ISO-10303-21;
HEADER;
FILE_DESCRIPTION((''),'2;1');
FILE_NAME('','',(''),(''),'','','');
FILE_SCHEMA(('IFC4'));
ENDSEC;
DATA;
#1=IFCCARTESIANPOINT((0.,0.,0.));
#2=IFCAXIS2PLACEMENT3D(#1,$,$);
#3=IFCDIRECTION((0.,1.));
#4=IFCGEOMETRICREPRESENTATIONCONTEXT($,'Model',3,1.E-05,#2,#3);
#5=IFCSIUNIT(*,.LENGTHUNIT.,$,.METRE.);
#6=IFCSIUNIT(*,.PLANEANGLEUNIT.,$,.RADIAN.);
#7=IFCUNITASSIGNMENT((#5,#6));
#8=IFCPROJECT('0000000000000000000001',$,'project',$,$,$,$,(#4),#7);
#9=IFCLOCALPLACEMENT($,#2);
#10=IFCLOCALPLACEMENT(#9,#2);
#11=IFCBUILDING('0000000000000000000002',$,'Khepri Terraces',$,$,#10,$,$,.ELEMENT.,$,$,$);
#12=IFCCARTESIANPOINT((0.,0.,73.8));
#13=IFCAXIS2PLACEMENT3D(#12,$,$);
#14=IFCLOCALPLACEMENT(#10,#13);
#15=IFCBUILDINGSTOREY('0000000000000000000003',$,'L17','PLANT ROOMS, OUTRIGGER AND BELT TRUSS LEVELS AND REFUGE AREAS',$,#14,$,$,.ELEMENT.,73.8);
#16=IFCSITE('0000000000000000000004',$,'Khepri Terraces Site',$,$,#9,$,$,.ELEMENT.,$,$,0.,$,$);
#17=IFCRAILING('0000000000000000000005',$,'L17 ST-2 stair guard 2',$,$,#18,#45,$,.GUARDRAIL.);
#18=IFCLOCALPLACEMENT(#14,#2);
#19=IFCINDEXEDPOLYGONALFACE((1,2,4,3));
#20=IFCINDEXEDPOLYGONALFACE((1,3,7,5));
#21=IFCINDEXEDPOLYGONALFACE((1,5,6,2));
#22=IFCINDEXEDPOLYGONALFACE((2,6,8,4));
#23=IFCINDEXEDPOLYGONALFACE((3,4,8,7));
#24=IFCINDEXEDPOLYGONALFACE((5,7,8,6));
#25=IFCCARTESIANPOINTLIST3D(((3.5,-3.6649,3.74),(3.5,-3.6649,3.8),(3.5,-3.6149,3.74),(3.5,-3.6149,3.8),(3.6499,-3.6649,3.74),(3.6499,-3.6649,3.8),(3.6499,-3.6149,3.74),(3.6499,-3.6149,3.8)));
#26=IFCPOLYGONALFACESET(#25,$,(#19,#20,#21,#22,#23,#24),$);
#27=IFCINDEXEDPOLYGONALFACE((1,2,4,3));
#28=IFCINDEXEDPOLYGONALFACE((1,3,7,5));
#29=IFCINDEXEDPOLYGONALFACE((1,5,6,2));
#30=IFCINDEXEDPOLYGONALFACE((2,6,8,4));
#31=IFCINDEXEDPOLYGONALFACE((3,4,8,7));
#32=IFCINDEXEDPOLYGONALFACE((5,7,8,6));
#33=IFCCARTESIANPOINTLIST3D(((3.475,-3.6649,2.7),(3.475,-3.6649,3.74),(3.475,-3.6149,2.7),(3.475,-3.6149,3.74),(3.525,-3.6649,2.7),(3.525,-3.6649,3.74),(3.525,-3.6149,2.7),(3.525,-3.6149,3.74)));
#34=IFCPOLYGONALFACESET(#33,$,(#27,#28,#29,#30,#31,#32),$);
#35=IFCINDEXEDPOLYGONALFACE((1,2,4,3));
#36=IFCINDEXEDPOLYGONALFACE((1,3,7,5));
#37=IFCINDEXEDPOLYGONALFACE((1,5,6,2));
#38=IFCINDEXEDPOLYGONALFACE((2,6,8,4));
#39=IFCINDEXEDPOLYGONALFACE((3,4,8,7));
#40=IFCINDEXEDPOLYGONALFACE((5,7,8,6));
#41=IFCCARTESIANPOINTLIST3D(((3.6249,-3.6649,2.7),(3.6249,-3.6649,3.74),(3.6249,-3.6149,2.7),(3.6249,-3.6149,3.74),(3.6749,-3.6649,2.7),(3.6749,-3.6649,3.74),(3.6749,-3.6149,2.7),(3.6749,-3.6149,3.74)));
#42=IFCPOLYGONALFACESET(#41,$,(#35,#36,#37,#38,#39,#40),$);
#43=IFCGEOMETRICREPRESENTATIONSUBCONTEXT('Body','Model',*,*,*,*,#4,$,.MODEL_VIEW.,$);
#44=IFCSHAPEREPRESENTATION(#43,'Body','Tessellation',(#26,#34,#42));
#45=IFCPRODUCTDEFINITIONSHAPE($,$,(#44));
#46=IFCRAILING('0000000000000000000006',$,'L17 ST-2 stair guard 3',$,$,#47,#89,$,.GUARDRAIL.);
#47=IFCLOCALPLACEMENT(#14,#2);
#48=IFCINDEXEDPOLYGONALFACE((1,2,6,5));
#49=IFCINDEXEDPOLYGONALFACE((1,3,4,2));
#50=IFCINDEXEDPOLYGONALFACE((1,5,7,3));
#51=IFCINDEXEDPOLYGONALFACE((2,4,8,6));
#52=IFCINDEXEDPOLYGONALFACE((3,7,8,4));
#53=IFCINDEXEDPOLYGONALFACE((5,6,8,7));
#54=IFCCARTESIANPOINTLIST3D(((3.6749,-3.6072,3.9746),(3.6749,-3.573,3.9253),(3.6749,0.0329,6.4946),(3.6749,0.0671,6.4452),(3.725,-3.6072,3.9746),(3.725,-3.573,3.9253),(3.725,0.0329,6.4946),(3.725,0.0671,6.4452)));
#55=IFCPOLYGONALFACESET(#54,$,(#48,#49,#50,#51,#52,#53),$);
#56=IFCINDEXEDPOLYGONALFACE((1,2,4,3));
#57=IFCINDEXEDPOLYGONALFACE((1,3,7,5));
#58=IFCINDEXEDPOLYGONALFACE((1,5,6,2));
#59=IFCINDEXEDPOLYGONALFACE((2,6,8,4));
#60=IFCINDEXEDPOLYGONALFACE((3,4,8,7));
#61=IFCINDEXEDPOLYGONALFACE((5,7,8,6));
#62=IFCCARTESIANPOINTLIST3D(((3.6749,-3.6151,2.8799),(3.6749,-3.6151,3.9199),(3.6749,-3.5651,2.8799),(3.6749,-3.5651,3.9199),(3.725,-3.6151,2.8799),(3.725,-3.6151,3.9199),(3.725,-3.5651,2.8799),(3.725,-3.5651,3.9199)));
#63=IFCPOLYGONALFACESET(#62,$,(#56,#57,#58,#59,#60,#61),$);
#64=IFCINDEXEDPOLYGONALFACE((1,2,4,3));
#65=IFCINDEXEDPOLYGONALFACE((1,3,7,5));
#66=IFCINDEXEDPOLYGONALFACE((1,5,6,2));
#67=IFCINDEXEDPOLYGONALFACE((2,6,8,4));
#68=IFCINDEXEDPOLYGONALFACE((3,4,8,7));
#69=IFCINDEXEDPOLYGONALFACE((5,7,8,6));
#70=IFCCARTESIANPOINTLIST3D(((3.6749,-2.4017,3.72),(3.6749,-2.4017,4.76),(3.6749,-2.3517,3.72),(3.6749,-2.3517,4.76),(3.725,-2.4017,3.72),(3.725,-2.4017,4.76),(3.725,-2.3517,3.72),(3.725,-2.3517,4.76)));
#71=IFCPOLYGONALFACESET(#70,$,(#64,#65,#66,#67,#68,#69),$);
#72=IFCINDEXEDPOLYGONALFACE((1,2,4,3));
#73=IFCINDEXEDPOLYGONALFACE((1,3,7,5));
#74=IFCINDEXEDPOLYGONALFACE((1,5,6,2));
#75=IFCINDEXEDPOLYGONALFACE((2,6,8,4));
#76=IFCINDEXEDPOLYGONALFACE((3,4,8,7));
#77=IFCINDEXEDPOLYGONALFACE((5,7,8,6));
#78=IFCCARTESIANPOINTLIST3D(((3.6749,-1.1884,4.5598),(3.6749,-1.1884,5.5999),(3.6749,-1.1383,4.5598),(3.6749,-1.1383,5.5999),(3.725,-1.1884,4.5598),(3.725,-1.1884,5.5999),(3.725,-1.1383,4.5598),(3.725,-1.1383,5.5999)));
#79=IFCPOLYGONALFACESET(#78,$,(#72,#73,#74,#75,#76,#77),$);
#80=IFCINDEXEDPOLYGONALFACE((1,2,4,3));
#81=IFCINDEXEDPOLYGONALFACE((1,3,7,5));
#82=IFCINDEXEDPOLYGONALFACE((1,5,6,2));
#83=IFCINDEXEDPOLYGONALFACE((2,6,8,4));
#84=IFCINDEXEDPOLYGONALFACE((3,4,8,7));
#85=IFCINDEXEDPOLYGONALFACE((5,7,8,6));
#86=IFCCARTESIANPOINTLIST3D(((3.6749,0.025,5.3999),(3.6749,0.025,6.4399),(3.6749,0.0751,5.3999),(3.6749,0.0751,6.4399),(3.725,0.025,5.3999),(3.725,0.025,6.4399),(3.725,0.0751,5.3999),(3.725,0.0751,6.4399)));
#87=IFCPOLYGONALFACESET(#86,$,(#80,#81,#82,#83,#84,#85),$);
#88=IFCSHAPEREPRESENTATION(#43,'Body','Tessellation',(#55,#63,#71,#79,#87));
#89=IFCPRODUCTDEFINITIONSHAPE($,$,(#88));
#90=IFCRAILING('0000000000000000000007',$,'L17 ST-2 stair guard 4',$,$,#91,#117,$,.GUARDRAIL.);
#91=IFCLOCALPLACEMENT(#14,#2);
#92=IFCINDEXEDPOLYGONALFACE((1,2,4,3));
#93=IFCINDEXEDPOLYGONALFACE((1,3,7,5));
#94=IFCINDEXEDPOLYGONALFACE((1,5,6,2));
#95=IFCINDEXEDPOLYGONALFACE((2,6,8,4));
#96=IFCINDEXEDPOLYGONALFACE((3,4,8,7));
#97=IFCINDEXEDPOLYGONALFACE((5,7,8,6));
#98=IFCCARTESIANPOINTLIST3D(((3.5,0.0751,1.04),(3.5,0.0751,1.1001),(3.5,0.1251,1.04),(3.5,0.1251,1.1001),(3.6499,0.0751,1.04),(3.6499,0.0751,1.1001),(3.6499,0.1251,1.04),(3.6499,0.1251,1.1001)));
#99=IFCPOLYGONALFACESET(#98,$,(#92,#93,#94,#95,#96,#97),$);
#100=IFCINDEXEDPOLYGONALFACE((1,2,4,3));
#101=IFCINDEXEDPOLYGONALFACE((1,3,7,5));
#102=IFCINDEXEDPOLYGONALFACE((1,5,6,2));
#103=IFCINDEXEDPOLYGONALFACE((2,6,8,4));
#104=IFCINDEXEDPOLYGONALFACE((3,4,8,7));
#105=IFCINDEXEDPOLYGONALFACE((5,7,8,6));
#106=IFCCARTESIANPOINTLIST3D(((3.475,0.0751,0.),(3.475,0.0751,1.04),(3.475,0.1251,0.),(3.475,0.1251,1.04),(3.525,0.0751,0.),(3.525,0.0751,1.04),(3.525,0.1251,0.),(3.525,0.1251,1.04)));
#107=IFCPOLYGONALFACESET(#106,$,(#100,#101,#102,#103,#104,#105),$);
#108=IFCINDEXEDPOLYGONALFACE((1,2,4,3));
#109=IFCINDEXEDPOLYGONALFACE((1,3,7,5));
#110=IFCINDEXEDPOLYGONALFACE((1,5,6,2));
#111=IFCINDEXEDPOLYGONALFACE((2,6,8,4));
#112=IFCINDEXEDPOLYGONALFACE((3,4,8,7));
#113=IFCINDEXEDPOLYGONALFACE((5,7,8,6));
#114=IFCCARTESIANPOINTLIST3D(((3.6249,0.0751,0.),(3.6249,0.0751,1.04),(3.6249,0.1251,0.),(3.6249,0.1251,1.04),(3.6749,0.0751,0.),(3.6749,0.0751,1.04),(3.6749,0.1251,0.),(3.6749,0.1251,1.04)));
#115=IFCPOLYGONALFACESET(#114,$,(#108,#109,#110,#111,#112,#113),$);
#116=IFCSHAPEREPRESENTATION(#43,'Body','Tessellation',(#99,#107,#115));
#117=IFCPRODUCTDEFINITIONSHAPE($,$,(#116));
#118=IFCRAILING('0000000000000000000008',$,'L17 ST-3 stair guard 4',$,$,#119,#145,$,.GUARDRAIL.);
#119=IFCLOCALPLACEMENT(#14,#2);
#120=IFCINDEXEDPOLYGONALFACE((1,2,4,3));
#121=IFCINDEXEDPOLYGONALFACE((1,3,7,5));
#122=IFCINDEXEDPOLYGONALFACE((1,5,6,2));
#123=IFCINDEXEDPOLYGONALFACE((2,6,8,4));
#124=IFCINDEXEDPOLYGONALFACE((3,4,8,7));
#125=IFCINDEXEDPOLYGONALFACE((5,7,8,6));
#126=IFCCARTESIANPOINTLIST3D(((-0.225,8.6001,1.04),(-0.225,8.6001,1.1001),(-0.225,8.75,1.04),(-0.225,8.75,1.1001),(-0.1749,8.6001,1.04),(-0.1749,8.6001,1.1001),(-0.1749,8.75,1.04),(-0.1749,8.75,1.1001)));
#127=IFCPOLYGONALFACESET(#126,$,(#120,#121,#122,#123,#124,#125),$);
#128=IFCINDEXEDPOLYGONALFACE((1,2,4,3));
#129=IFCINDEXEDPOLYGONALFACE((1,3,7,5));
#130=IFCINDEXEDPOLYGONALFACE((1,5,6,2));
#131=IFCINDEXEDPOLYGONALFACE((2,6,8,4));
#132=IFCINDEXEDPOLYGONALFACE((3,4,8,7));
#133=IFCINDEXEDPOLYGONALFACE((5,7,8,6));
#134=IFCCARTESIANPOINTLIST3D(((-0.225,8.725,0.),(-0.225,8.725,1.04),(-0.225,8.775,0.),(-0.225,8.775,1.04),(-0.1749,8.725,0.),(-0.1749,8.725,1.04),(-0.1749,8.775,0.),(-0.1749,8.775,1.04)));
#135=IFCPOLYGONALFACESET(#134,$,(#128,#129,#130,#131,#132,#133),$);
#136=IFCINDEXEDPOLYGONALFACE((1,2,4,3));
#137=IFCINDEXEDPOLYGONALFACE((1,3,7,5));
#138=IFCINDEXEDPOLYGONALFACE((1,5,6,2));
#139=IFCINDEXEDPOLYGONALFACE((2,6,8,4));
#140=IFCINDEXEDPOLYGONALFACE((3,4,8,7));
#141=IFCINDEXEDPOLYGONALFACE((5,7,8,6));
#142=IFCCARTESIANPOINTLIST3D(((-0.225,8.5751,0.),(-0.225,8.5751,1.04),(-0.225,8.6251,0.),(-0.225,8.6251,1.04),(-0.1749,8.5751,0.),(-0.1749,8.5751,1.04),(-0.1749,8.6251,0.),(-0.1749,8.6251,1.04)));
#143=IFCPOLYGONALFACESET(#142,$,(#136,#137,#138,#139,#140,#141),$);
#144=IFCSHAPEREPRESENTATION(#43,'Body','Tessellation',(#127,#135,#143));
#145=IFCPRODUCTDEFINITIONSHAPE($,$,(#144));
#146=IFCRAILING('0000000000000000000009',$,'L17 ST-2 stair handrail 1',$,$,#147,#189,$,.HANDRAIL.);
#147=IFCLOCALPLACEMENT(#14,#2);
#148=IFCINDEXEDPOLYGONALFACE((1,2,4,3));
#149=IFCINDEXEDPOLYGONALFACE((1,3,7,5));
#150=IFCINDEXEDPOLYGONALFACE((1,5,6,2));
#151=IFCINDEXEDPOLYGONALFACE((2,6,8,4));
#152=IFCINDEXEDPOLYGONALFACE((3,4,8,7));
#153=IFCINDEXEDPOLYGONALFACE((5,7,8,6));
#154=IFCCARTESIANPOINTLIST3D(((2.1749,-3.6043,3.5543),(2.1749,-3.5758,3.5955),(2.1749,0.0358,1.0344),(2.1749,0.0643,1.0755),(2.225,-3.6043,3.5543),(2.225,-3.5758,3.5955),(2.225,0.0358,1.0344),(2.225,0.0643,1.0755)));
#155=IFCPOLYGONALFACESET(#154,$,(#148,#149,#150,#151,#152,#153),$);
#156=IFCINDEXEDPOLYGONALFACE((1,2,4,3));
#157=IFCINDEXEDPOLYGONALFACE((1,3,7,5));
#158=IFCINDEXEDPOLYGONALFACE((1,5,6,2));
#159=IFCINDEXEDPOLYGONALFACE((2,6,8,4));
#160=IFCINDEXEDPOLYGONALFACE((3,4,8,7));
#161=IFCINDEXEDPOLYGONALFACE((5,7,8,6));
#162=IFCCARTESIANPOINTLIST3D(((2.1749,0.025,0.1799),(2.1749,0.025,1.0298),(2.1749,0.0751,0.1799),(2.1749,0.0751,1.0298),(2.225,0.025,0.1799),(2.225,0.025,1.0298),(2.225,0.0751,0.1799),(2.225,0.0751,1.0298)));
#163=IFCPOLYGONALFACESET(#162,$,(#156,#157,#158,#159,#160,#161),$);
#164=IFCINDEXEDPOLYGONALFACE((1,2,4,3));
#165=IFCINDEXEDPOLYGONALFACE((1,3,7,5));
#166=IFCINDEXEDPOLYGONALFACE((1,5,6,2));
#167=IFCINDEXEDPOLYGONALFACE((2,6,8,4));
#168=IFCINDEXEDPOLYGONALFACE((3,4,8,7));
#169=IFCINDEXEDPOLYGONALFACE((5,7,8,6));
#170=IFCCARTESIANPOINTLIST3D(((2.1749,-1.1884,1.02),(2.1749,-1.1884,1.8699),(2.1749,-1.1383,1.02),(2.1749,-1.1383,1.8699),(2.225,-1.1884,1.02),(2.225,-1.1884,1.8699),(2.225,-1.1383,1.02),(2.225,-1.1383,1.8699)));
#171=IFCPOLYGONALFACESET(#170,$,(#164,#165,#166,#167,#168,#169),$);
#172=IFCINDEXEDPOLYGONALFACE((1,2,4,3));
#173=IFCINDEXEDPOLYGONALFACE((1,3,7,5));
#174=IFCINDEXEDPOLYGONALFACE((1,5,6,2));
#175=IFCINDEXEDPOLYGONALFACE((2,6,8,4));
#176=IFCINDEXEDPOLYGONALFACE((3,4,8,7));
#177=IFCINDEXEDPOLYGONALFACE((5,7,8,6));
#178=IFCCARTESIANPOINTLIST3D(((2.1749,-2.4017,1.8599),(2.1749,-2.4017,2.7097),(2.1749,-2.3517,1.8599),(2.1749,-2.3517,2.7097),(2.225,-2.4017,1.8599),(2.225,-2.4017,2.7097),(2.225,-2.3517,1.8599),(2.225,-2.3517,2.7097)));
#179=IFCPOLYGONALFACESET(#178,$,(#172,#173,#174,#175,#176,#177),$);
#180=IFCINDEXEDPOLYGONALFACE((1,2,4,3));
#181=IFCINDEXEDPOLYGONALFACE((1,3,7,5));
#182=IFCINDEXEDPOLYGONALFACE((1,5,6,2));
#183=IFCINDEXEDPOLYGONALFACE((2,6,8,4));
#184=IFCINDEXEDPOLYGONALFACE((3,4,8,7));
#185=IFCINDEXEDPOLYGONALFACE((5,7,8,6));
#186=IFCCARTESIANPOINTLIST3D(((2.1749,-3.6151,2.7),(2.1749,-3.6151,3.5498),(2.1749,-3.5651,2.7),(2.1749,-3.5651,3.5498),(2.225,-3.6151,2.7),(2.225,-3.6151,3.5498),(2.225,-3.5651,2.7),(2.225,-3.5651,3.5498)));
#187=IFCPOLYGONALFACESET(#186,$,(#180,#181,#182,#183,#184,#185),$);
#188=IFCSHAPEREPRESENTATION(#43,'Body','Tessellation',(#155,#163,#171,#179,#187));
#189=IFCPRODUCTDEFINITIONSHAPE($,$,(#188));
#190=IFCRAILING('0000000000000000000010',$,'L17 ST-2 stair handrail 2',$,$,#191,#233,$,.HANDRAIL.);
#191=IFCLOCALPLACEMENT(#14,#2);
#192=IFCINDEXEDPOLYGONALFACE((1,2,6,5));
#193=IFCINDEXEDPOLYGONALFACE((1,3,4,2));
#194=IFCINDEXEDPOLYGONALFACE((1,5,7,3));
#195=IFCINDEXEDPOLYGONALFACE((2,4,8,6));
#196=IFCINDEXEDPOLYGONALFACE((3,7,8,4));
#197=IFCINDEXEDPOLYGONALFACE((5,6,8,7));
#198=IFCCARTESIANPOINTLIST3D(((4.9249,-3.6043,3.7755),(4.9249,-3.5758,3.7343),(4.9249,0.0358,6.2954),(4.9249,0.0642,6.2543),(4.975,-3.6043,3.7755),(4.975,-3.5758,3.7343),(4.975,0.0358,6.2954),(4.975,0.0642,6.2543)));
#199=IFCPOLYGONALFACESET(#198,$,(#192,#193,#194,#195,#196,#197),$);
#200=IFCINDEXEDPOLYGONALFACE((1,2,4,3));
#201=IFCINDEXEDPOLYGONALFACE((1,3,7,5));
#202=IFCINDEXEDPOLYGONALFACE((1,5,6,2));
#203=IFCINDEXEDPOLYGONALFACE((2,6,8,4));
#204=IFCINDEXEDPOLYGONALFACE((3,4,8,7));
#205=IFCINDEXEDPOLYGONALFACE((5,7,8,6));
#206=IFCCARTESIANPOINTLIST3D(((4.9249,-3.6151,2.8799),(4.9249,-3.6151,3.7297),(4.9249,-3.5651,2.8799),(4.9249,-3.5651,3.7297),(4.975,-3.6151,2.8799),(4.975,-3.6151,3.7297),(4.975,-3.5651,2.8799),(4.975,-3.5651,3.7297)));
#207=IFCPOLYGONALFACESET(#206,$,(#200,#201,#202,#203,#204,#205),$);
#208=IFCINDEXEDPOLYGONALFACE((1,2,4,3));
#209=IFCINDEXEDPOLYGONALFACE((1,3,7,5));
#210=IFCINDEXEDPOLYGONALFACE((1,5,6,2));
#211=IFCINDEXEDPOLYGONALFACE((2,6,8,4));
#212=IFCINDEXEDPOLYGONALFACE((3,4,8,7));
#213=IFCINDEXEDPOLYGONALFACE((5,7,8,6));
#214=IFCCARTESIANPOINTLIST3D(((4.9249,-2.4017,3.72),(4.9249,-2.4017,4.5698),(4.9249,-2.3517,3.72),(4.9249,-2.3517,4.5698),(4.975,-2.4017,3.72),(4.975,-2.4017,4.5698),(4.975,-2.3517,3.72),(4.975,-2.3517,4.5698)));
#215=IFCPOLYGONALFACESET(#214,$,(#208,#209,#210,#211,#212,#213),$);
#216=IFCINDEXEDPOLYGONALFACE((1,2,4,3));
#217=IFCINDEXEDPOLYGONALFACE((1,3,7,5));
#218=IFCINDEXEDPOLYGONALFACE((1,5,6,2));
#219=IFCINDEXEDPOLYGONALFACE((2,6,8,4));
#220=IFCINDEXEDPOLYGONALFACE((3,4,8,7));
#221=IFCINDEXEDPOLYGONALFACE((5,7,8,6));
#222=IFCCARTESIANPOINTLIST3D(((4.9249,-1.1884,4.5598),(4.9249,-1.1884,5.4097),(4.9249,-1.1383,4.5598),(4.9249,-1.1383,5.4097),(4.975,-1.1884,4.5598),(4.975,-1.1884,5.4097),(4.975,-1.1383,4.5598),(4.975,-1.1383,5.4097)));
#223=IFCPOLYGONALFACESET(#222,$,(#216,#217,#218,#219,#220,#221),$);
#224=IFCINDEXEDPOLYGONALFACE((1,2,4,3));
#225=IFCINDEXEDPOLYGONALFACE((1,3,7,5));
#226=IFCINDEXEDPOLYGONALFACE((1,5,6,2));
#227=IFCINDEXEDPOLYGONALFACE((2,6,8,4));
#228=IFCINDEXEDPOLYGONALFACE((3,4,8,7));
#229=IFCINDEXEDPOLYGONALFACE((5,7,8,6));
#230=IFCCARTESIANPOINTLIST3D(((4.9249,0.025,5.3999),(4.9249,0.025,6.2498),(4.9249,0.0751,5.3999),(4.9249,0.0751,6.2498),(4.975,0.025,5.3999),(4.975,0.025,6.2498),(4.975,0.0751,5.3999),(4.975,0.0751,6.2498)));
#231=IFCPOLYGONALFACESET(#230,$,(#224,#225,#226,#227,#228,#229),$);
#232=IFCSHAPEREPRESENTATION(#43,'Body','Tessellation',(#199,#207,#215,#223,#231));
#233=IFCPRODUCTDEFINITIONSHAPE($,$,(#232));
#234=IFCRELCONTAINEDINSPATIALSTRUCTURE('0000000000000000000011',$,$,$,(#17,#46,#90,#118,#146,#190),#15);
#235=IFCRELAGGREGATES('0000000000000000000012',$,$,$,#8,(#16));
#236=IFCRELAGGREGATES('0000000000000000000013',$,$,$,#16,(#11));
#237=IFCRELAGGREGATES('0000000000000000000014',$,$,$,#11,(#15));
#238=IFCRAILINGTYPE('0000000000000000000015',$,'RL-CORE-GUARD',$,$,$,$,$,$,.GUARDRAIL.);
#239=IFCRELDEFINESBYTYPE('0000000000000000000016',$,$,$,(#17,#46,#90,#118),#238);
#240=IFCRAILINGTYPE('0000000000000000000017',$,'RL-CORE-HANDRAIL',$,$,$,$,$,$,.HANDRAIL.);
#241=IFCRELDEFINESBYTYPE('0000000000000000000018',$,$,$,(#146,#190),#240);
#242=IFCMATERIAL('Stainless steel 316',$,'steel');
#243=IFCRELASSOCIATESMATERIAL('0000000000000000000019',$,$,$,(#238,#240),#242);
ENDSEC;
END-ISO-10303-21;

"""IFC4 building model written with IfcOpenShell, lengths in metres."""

from ifc_helpers import new_model, si_unit, direction, frame, origin, origin_2d, place, context, subcontext, project, spatial, rectangle, extrude, material, type_object, element, save


model = new_model("IFC4")

# Units and contexts
model_context = context("Model", 3, precision=1e-05, world=origin(), true_north=direction((0.0, 1.0)))
body_context = subcontext(model_context, "Body", "Model", "MODEL_VIEW")
ifc_project = project(units=[si_unit("LENGTHUNIT", "METRE"), si_unit("PLANEANGLEUNIT", "RADIAN")], contexts=[model_context])

# Site, building, storey
site_placement = place(None, origin())
site = spatial("IfcSite", under=ifc_project, at=site_placement, Name="Khepri Terraces Site", CompositionType="ELEMENT", RefElevation=0.0)
building_placement = place(site_placement, origin())
building = spatial("IfcBuilding", under=site, at=building_placement, Name="Khepri Terraces", CompositionType="ELEMENT")
storey_placement = place(building_placement, frame((0.0, 0.0, 73.8)))
storey = spatial("IfcBuildingStorey", under=building, at=storey_placement, Name="L17", Description="PLANT ROOMS, OUTRIGGER AND BELT TRUSS LEVELS AND REFUGE AREAS", CompositionType="ELEMENT", Elevation=73.8)

# Railings
ifc_material_1 = material(Name="Stainless steel 316", Category="steel")
railing_type_1 = type_object("IfcRailingType", Name="RL-CORE-GUARD", PredefinedType="GUARDRAIL", material=ifc_material_1)
railing_1_placement = place(storey_placement, frame((3.5, -3.6399, 2.7)))
element("IfcRailing", 1, at=railing_1_placement, inside=storey, type_object=railing_type_1, Name="L17 ST-2 stair guard 2", PredefinedType="GUARDRAIL", context=body_context, shape_type="SweptSolid", body=[
    extrude(rectangle(XDim=0.05, YDim=0.0601, at=origin_2d()), frame((0.0, 0.0, 1.0701), z_axis=(1.0, 0.0, 0.0), x_axis=(0.0, 1.0, 0.0)), (0.0, 0.0, 1.0), 0.1499),
    extrude(rectangle(XDim=0.05, YDim=0.05, at=origin_2d()), origin(), (0.0, 0.0, 1.0), 1.04),
    extrude(rectangle(XDim=0.05, YDim=0.05, at=origin_2d()), frame((0.1499, 0.0, 0.0)), (0.0, 0.0, 1.0), 1.04),
])
railing_2_placement = place(storey_placement, frame((3.7, -3.5901, 2.8799)))
element("IfcRailing", 2, at=railing_2_placement, inside=storey, type_object=railing_type_1, Name="L17 ST-2 stair guard 3", PredefinedType="GUARDRAIL", context=body_context, shape_type="SweptSolid", body=[
    extrude(rectangle(XDim=0.05, YDim=0.0601, at=origin_2d()), frame((0.0, 0.0, 1.0701), z_axis=(0.0, 0.8222, 0.569199), x_axis=(-1.0, 0.0, 0.0)), (0.0, 0.0, 1.0), 4.4272),
    extrude(rectangle(XDim=0.05, YDim=0.05, at=origin_2d()), origin(), (0.0, 0.0, 1.0), 1.04),
    extrude(rectangle(XDim=0.05, YDim=0.05, at=origin_2d()), frame((0.0, 1.2134, 0.8401)), (0.0, 0.0, 1.0), 1.04),
    extrude(rectangle(XDim=0.05, YDim=0.05, at=origin_2d()), frame((0.0, 2.4268, 1.6799)), (0.0, 0.0, 1.0), 1.04),
    extrude(rectangle(XDim=0.05, YDim=0.05, at=origin_2d()), frame((0.0, 3.6401, 2.52)), (0.0, 0.0, 1.0), 1.04),
])
railing_3_placement = place(storey_placement, frame((3.5, 0.1001, 0.0)))
element("IfcRailing", 3, at=railing_3_placement, inside=storey, type_object=railing_type_1, Name="L17 ST-2 stair guard 4", PredefinedType="GUARDRAIL", context=body_context, shape_type="SweptSolid", body=[
    extrude(rectangle(XDim=0.05, YDim=0.0601, at=origin_2d()), frame((0.0, 0.0, 1.0701), z_axis=(1.0, 0.0, 0.0), x_axis=(0.0, 1.0, 0.0)), (0.0, 0.0, 1.0), 0.1499),
    extrude(rectangle(XDim=0.05, YDim=0.05, at=origin_2d()), origin(), (0.0, 0.0, 1.0), 1.04),
    extrude(rectangle(XDim=0.05, YDim=0.05, at=origin_2d()), frame((0.1499, 0.0, 0.0)), (0.0, 0.0, 1.0), 1.04),
])
railing_4_placement = place(storey_placement, frame((-0.2, 8.75, 0.0)))
element("IfcRailing", 4, at=railing_4_placement, inside=storey, type_object=railing_type_1, Name="L17 ST-3 stair guard 4", PredefinedType="GUARDRAIL", context=body_context, shape_type="SweptSolid", body=[
    extrude(rectangle(XDim=0.05, YDim=0.0601, at=origin_2d()), frame((0.0, 0.0, 1.0701), z_axis=(0.0, -1.0, 0.0), x_axis=(1.0, 0.0, 0.0)), (0.0, 0.0, 1.0), 0.1499),
    extrude(rectangle(XDim=0.05, YDim=0.05, at=origin_2d()), origin(), (0.0, 0.0, 1.0), 1.04),
    extrude(rectangle(XDim=0.05, YDim=0.05, at=origin_2d()), frame((0.0, -0.1499, 0.0)), (0.0, 0.0, 1.0), 1.04),
])
railing_type_2 = type_object("IfcRailingType", Name="RL-CORE-HANDRAIL", PredefinedType="HANDRAIL", material=ifc_material_1)
railing_5_placement = place(storey_placement, frame((2.2, 0.05, 0.1799)))
element("IfcRailing", 5, at=railing_5_placement, inside=storey, type_object=railing_type_2, Name="L17 ST-2 stair handrail 1", PredefinedType="HANDRAIL", context=body_context, shape_type="SweptSolid", body=[
    extrude(rectangle(XDim=0.05, YDim=0.05, at=origin_2d()), frame((0.0, 0.0, 0.875), z_axis=(0.0, -0.8222, 0.569199), x_axis=(1.0, 0.0, 0.0)), (0.0, 0.0, 1.0), 4.4272),
    extrude(rectangle(XDim=0.05, YDim=0.05, at=origin_2d()), origin(), (0.0, 0.0, 1.0), 0.8499),
    extrude(rectangle(XDim=0.05, YDim=0.05, at=origin_2d()), frame((0.0, -1.2134, 0.8401)), (0.0, 0.0, 1.0), 0.8499),
    extrude(rectangle(XDim=0.05, YDim=0.05, at=origin_2d()), frame((0.0, -2.4268, 1.6799)), (0.0, 0.0, 1.0), 0.8499),
    extrude(rectangle(XDim=0.05, YDim=0.05, at=origin_2d()), frame((0.0, -3.6401, 2.52)), (0.0, 0.0, 1.0), 0.8499),
])
railing_6_placement = place(storey_placement, frame((4.95, -3.5901, 2.8799)))
element("IfcRailing", 6, at=railing_6_placement, inside=storey, type_object=railing_type_2, Name="L17 ST-2 stair handrail 2", PredefinedType="HANDRAIL", context=body_context, shape_type="SweptSolid", body=[
    extrude(rectangle(XDim=0.05, YDim=0.05, at=origin_2d()), frame((0.0, 0.0, 0.875), z_axis=(0.0, 0.8222, 0.569199), x_axis=(-1.0, 0.0, 0.0)), (0.0, 0.0, 1.0), 4.4272),
    extrude(rectangle(XDim=0.05, YDim=0.05, at=origin_2d()), origin(), (0.0, 0.0, 1.0), 0.8499),
    extrude(rectangle(XDim=0.05, YDim=0.05, at=origin_2d()), frame((0.0, 1.2134, 0.8401)), (0.0, 0.0, 1.0), 0.8499),
    extrude(rectangle(XDim=0.05, YDim=0.05, at=origin_2d()), frame((0.0, 2.4268, 1.6799)), (0.0, 0.0, 1.0), 0.8499),
    extrude(rectangle(XDim=0.05, YDim=0.05, at=origin_2d()), frame((0.0, 3.6401, 2.52)), (0.0, 0.0, 1.0), 0.8499),
])

save(model, "model.ifc")
